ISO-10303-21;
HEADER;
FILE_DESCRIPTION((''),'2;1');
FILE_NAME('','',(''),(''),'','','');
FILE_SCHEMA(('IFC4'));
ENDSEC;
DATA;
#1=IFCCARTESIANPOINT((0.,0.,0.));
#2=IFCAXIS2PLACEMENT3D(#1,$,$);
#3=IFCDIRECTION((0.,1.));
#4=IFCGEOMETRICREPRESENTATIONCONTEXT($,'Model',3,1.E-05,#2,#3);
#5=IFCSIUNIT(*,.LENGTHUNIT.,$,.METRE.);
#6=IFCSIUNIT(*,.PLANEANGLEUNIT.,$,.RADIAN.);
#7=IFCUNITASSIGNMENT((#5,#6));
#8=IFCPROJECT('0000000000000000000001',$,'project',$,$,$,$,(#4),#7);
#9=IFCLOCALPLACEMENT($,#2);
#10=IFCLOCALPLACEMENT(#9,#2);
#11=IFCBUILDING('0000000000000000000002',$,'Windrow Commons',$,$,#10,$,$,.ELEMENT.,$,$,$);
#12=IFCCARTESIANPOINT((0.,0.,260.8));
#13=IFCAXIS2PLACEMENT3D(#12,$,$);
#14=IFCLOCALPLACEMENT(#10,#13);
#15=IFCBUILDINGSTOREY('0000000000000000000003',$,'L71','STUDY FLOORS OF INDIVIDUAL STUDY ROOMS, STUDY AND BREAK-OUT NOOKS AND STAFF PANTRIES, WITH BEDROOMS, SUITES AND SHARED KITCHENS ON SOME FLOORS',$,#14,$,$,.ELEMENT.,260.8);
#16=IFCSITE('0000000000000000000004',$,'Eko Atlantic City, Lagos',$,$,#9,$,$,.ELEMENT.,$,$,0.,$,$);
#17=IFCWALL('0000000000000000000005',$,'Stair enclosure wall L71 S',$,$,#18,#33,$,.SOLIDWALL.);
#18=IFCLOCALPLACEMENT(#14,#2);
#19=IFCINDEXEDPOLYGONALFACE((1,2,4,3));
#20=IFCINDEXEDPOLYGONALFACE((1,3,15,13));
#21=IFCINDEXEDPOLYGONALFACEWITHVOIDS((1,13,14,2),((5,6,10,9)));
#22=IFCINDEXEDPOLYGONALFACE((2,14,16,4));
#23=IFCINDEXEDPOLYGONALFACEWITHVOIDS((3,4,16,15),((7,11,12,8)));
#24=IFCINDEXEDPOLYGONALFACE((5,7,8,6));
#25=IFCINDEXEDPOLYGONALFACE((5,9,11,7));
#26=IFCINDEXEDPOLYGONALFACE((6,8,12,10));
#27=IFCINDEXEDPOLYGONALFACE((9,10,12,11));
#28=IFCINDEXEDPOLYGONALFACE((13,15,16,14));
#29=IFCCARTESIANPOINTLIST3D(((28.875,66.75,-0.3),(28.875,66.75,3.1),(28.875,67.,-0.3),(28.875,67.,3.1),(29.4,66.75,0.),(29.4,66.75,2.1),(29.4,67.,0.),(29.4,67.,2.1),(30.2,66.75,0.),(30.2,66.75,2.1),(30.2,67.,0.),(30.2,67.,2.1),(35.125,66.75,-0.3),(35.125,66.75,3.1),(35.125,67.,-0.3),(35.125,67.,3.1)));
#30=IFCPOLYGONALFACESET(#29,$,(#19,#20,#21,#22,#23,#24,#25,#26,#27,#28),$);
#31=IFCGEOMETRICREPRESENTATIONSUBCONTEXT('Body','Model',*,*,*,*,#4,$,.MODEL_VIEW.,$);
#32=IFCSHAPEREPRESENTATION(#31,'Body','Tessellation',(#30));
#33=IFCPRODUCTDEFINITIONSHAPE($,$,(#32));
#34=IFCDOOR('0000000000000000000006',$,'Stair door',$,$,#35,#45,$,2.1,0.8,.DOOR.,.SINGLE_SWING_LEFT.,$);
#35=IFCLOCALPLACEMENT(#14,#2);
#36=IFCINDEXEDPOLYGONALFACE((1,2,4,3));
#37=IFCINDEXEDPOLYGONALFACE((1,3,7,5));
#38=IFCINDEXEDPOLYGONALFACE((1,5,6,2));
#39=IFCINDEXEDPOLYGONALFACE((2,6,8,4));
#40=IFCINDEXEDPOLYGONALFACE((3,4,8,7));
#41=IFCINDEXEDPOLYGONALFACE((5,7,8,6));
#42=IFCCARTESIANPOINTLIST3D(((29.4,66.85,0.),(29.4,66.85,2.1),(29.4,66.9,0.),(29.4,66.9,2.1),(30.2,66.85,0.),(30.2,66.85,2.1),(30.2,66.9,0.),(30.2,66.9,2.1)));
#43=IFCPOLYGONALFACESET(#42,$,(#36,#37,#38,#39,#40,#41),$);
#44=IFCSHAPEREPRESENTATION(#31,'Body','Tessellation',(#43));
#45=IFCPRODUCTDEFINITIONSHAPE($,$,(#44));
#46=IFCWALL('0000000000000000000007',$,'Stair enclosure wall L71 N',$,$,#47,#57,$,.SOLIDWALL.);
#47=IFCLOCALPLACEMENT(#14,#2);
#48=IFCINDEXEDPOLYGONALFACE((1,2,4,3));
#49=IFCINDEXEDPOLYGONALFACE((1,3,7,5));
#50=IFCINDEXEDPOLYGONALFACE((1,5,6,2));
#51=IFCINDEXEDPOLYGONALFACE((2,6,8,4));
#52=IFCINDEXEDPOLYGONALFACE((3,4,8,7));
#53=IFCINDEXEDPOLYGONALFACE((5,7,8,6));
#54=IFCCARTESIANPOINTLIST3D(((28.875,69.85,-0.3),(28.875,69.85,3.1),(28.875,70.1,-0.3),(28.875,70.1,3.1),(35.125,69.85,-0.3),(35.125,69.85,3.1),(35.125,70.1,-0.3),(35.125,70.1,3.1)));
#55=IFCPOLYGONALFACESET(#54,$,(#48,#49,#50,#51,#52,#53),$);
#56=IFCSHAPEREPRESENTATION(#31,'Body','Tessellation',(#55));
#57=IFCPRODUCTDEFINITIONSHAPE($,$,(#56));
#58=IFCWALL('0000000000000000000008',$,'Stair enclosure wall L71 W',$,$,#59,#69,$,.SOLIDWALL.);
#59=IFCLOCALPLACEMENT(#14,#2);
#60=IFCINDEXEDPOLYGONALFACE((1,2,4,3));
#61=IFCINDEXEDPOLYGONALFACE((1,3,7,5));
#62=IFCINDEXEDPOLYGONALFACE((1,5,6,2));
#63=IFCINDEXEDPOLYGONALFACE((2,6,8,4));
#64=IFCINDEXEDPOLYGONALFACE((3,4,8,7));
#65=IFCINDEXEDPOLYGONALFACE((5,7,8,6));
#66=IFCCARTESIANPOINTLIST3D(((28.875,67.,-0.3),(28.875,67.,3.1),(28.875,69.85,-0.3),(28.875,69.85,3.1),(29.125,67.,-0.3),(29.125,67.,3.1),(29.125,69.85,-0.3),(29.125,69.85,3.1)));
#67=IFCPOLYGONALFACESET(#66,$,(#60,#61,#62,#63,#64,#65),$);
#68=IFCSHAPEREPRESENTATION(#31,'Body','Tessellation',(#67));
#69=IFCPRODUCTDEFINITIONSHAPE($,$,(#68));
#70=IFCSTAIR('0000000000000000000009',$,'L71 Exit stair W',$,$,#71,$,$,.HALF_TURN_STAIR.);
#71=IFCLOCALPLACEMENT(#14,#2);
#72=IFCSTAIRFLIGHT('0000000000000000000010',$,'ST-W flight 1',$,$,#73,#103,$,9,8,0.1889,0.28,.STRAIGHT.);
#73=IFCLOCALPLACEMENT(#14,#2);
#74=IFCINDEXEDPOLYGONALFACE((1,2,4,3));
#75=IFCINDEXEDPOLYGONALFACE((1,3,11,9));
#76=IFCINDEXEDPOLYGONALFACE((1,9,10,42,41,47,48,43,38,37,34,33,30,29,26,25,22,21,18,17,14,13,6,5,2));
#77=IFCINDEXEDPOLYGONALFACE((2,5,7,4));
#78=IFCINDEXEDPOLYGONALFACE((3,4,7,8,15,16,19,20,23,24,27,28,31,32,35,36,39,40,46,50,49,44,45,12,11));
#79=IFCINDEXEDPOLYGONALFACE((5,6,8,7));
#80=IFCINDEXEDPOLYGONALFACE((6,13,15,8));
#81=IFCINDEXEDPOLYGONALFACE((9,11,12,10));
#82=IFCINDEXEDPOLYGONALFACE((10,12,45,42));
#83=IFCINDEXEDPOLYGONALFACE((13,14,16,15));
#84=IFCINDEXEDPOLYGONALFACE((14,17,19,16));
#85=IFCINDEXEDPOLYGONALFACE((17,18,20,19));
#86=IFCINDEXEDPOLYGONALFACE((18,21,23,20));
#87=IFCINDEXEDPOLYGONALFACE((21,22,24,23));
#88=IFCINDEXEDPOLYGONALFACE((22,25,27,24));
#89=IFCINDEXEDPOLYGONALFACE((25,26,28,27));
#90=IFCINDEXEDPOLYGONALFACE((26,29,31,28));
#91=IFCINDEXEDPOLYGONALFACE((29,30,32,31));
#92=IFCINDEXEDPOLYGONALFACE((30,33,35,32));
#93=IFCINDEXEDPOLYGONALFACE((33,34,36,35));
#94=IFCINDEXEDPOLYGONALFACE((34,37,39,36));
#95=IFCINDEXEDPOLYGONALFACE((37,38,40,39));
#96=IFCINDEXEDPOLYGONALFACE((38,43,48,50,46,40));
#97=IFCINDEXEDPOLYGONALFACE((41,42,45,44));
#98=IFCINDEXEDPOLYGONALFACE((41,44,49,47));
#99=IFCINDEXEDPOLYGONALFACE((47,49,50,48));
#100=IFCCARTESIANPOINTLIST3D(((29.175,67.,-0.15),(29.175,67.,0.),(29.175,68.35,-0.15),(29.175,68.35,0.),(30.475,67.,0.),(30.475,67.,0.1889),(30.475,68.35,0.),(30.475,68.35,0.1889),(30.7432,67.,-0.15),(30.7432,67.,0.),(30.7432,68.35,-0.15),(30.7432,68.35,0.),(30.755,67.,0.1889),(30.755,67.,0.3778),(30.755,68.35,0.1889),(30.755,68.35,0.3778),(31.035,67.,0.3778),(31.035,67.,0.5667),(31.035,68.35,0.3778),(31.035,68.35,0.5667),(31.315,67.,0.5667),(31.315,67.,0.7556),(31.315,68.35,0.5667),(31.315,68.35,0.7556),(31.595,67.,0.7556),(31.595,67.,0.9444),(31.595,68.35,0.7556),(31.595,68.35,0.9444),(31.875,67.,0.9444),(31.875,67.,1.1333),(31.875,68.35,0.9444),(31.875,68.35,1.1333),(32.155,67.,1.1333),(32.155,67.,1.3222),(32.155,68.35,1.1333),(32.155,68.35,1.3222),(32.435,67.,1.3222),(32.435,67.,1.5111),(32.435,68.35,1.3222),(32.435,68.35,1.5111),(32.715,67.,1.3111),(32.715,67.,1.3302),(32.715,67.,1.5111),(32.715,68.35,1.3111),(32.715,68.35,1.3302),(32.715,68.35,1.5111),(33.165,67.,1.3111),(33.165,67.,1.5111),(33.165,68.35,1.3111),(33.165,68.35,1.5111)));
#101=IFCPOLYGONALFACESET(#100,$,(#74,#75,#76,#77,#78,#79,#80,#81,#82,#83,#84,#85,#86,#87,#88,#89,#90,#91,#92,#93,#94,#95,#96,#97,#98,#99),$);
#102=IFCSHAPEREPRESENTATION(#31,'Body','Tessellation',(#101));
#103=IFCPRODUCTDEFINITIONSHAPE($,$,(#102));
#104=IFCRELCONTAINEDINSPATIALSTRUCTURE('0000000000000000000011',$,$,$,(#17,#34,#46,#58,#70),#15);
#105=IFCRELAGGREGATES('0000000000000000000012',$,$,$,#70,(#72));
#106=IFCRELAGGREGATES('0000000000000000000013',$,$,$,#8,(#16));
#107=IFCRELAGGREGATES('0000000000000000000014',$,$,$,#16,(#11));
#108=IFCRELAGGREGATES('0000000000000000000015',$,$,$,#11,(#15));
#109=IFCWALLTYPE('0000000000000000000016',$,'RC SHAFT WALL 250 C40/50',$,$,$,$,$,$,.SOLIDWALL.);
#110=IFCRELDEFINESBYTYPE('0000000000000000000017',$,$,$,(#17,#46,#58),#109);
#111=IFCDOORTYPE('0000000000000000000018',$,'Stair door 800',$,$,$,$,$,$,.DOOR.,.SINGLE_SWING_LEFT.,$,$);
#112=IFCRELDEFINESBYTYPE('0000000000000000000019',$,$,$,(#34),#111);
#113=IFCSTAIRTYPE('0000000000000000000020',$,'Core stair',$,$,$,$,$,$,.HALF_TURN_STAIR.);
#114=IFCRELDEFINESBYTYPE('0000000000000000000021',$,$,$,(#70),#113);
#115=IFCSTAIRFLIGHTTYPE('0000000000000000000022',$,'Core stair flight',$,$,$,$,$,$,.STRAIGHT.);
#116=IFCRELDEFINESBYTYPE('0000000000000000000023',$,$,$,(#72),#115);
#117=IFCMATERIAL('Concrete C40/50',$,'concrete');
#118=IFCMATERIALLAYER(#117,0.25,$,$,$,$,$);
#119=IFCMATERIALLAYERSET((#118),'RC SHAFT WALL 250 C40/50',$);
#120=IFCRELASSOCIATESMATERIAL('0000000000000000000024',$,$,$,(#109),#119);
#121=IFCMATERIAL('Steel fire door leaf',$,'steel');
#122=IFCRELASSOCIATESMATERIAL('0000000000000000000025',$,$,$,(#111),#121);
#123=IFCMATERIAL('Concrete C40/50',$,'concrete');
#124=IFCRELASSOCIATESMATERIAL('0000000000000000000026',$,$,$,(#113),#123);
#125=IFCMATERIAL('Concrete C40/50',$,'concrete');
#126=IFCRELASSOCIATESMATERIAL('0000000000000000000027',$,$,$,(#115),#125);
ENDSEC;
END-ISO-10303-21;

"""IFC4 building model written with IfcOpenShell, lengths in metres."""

from ifc_helpers import new_model, si_unit, direction, frame, frame_2d, origin, place, context, subcontext, project, spatial, polyline, rectangle, outline, extrude, material, layer, layer_set, type_object, element, fill, aggregate, save


model = new_model("IFC4")

# Units and contexts
model_context = context("Model", 3, precision=1e-05, world=origin(), true_north=direction((0.0, 1.0)))
body_context = subcontext(model_context, "Body", "Model", "MODEL_VIEW")
ifc_project = project(units=[si_unit("LENGTHUNIT", "METRE"), si_unit("PLANEANGLEUNIT", "RADIAN")], contexts=[model_context])

# Site, building, storey
site_placement = place(None, origin())
site = spatial("IfcSite", under=ifc_project, at=site_placement, Name="Eko Atlantic City, Lagos", CompositionType="ELEMENT", RefElevation=0.0)
building_placement = place(site_placement, origin())
building = spatial("IfcBuilding", under=site, at=building_placement, Name="Windrow Commons", CompositionType="ELEMENT")
storey_placement = place(building_placement, frame((0.0, 0.0, 260.8)))
storey = spatial("IfcBuildingStorey", under=building, at=storey_placement, Name="L71", Description="STUDY FLOORS OF INDIVIDUAL STUDY ROOMS, STUDY AND BREAK-OUT NOOKS AND STAFF PANTRIES, WITH BEDROOMS, SUITES AND SHARED KITCHENS ON SOME FLOORS", CompositionType="ELEMENT", Elevation=260.8)

# Wall, opening, door
ifc_material_1 = material(Name="Concrete C40/50", Category="concrete")
ifc_layer_1 = layer(ifc_material_1, 0.25)
ifc_layer_set_1 = layer_set([ifc_layer_1], Name="RC SHAFT WALL 250 C40/50")
wall_type_1 = type_object("IfcWallType", Name="RC SHAFT WALL 250 C40/50", PredefinedType="SOLIDWALL", material=ifc_layer_set_1)
wall_1_placement = place(storey_placement, frame((28.875, 66.875, -0.3), z_axis=(0.0, 0.0, 1.0), x_axis=(1.0, 0.0, 0.0)))
wall_1 = element("IfcWall", 1, at=wall_1_placement, inside=storey, type_object=wall_type_1, Name="Stair enclosure wall L71 S", PredefinedType="SOLIDWALL", context=body_context, shape_type="SweptSolid", body=[
    extrude(rectangle(XDim=6.25, YDim=0.25, at=frame_2d((3.125, 0.0))), origin(), (0.0, 0.0, 1.0), 3.4),
])
opening_1_placement = place(wall_1_placement, frame((0.525, 0.0, 0.3)))
opening_1 = element("IfcOpeningElement", 2, at=opening_1_placement, cuts=wall_1, PredefinedType="OPENING", context=body_context, shape_type="SweptSolid", body=[
    extrude(rectangle(XDim=0.8, YDim=2.1, at=frame_2d((0.4, 1.05))), frame((0.0, 0.135, 0.0), z_axis=(0.0, -1.0, 0.0), x_axis=(1.0, 0.0, 0.0)), (0.0, 0.0, 1.0), 0.27),
])
ifc_material_2 = material(Name="Steel fire door leaf", Category="steel")
door_type_1 = type_object("IfcDoorType", Name="Stair door 800", OperationType="SINGLE_SWING_LEFT", PredefinedType="DOOR", material=ifc_material_2)
door_1_placement = place(opening_1_placement, origin())
door_1 = element("IfcDoor", 3, at=door_1_placement, inside=storey, type_object=door_type_1, Name="Stair door", OperationType="SINGLE_SWING_LEFT", OverallHeight=2.1, OverallWidth=0.8, PredefinedType="DOOR", context=body_context, shape_type="SweptSolid", body=[
    extrude(rectangle(XDim=0.8, YDim=2.1, at=frame_2d((0.4, 1.05))), frame((0.0, 0.025, 0.0), z_axis=(0.0, -1.0, 0.0), x_axis=(1.0, 0.0, 0.0)), (0.0, 0.0, 1.0), 0.05),
])
fill(opening_1, door_1)

# Walls
wall_2_placement = place(storey_placement, frame((28.875, 69.975, -0.3), z_axis=(0.0, 0.0, 1.0), x_axis=(1.0, 0.0, 0.0)))
element("IfcWall", 4, at=wall_2_placement, inside=storey, type_object=wall_type_1, Name="Stair enclosure wall L71 N", PredefinedType="SOLIDWALL", context=body_context, shape_type="SweptSolid", body=[
    extrude(rectangle(XDim=6.25, YDim=0.25, at=frame_2d((3.125, 0.0))), origin(), (0.0, 0.0, 1.0), 3.4),
])
wall_3_placement = place(storey_placement, frame((29.0, 67.0, -0.3), z_axis=(0.0, 0.0, 1.0), x_axis=(0.0, 1.0, 0.0)))
element("IfcWall", 5, at=wall_3_placement, inside=storey, type_object=wall_type_1, Name="Stair enclosure wall L71 W", PredefinedType="SOLIDWALL", context=body_context, shape_type="SweptSolid", body=[
    extrude(rectangle(XDim=2.85, YDim=0.25, at=frame_2d((1.425, 0.0))), origin(), (0.0, 0.0, 1.0), 3.4),
])

# Stair, stair flight
ifc_material_3 = material(Name="Concrete C40/50", Category="concrete")
stair_type = type_object("IfcStairType", Name="Core stair", PredefinedType="HALF_TURN_STAIR", material=ifc_material_3)
stair_placement = place(storey_placement, origin())
stair = element("IfcStair", 6, at=stair_placement, inside=storey, type_object=stair_type, Name="L71 Exit stair W", PredefinedType="HALF_TURN_STAIR")
ifc_material_4 = material(Name="Concrete C40/50", Category="concrete")
stair_flight_type = type_object("IfcStairFlightType", Name="Core stair flight", PredefinedType="STRAIGHT", material=ifc_material_4)
stair_flight_placement = place(storey_placement, frame((30.475, 67.675, 0.0), z_axis=(0.0, 0.0, 1.0), x_axis=(1.0, 0.0, 0.0)))
stair_flight = element("IfcStairFlight", 7, at=stair_flight_placement, type_object=stair_flight_type, Name="ST-W flight 1", NumberOfRisers=9, NumberOfTreads=8, PredefinedType="STRAIGHT", RiserHeight=0.1889, TreadLength=0.28, context=body_context, shape_type="SweptSolid", body=[
    extrude(outline(polyline([(-1.3, -0.15), (-1.3, 0.0), (0.0, 0.0), (0.0, 0.1889), (0.28, 0.1889), (0.28, 0.3778), (0.56, 0.3778), (0.56, 0.5667), (0.84, 0.5667), (0.84, 0.7556), (1.12, 0.7556), (1.12, 0.9444), (1.4, 0.9444), (1.4, 1.1333), (1.68, 1.1333), (1.68, 1.3222), (1.96, 1.3222), (1.96, 1.5111), (2.24, 1.5111), (2.69, 1.5111), (2.69, 1.3111), (2.24, 1.3111), (2.24, 1.3302), (0.2682, 0.0), (0.2682, -0.15), (-1.3, -0.15)])), frame((0.0, 0.675, 0.0), z_axis=(0.0, -1.0, 0.0), x_axis=(1.0, 0.0, 0.0)), (0.0, 0.0, 1.0), 1.35),
])
aggregate(stair, [stair_flight])

save(model, "model.ifc")
